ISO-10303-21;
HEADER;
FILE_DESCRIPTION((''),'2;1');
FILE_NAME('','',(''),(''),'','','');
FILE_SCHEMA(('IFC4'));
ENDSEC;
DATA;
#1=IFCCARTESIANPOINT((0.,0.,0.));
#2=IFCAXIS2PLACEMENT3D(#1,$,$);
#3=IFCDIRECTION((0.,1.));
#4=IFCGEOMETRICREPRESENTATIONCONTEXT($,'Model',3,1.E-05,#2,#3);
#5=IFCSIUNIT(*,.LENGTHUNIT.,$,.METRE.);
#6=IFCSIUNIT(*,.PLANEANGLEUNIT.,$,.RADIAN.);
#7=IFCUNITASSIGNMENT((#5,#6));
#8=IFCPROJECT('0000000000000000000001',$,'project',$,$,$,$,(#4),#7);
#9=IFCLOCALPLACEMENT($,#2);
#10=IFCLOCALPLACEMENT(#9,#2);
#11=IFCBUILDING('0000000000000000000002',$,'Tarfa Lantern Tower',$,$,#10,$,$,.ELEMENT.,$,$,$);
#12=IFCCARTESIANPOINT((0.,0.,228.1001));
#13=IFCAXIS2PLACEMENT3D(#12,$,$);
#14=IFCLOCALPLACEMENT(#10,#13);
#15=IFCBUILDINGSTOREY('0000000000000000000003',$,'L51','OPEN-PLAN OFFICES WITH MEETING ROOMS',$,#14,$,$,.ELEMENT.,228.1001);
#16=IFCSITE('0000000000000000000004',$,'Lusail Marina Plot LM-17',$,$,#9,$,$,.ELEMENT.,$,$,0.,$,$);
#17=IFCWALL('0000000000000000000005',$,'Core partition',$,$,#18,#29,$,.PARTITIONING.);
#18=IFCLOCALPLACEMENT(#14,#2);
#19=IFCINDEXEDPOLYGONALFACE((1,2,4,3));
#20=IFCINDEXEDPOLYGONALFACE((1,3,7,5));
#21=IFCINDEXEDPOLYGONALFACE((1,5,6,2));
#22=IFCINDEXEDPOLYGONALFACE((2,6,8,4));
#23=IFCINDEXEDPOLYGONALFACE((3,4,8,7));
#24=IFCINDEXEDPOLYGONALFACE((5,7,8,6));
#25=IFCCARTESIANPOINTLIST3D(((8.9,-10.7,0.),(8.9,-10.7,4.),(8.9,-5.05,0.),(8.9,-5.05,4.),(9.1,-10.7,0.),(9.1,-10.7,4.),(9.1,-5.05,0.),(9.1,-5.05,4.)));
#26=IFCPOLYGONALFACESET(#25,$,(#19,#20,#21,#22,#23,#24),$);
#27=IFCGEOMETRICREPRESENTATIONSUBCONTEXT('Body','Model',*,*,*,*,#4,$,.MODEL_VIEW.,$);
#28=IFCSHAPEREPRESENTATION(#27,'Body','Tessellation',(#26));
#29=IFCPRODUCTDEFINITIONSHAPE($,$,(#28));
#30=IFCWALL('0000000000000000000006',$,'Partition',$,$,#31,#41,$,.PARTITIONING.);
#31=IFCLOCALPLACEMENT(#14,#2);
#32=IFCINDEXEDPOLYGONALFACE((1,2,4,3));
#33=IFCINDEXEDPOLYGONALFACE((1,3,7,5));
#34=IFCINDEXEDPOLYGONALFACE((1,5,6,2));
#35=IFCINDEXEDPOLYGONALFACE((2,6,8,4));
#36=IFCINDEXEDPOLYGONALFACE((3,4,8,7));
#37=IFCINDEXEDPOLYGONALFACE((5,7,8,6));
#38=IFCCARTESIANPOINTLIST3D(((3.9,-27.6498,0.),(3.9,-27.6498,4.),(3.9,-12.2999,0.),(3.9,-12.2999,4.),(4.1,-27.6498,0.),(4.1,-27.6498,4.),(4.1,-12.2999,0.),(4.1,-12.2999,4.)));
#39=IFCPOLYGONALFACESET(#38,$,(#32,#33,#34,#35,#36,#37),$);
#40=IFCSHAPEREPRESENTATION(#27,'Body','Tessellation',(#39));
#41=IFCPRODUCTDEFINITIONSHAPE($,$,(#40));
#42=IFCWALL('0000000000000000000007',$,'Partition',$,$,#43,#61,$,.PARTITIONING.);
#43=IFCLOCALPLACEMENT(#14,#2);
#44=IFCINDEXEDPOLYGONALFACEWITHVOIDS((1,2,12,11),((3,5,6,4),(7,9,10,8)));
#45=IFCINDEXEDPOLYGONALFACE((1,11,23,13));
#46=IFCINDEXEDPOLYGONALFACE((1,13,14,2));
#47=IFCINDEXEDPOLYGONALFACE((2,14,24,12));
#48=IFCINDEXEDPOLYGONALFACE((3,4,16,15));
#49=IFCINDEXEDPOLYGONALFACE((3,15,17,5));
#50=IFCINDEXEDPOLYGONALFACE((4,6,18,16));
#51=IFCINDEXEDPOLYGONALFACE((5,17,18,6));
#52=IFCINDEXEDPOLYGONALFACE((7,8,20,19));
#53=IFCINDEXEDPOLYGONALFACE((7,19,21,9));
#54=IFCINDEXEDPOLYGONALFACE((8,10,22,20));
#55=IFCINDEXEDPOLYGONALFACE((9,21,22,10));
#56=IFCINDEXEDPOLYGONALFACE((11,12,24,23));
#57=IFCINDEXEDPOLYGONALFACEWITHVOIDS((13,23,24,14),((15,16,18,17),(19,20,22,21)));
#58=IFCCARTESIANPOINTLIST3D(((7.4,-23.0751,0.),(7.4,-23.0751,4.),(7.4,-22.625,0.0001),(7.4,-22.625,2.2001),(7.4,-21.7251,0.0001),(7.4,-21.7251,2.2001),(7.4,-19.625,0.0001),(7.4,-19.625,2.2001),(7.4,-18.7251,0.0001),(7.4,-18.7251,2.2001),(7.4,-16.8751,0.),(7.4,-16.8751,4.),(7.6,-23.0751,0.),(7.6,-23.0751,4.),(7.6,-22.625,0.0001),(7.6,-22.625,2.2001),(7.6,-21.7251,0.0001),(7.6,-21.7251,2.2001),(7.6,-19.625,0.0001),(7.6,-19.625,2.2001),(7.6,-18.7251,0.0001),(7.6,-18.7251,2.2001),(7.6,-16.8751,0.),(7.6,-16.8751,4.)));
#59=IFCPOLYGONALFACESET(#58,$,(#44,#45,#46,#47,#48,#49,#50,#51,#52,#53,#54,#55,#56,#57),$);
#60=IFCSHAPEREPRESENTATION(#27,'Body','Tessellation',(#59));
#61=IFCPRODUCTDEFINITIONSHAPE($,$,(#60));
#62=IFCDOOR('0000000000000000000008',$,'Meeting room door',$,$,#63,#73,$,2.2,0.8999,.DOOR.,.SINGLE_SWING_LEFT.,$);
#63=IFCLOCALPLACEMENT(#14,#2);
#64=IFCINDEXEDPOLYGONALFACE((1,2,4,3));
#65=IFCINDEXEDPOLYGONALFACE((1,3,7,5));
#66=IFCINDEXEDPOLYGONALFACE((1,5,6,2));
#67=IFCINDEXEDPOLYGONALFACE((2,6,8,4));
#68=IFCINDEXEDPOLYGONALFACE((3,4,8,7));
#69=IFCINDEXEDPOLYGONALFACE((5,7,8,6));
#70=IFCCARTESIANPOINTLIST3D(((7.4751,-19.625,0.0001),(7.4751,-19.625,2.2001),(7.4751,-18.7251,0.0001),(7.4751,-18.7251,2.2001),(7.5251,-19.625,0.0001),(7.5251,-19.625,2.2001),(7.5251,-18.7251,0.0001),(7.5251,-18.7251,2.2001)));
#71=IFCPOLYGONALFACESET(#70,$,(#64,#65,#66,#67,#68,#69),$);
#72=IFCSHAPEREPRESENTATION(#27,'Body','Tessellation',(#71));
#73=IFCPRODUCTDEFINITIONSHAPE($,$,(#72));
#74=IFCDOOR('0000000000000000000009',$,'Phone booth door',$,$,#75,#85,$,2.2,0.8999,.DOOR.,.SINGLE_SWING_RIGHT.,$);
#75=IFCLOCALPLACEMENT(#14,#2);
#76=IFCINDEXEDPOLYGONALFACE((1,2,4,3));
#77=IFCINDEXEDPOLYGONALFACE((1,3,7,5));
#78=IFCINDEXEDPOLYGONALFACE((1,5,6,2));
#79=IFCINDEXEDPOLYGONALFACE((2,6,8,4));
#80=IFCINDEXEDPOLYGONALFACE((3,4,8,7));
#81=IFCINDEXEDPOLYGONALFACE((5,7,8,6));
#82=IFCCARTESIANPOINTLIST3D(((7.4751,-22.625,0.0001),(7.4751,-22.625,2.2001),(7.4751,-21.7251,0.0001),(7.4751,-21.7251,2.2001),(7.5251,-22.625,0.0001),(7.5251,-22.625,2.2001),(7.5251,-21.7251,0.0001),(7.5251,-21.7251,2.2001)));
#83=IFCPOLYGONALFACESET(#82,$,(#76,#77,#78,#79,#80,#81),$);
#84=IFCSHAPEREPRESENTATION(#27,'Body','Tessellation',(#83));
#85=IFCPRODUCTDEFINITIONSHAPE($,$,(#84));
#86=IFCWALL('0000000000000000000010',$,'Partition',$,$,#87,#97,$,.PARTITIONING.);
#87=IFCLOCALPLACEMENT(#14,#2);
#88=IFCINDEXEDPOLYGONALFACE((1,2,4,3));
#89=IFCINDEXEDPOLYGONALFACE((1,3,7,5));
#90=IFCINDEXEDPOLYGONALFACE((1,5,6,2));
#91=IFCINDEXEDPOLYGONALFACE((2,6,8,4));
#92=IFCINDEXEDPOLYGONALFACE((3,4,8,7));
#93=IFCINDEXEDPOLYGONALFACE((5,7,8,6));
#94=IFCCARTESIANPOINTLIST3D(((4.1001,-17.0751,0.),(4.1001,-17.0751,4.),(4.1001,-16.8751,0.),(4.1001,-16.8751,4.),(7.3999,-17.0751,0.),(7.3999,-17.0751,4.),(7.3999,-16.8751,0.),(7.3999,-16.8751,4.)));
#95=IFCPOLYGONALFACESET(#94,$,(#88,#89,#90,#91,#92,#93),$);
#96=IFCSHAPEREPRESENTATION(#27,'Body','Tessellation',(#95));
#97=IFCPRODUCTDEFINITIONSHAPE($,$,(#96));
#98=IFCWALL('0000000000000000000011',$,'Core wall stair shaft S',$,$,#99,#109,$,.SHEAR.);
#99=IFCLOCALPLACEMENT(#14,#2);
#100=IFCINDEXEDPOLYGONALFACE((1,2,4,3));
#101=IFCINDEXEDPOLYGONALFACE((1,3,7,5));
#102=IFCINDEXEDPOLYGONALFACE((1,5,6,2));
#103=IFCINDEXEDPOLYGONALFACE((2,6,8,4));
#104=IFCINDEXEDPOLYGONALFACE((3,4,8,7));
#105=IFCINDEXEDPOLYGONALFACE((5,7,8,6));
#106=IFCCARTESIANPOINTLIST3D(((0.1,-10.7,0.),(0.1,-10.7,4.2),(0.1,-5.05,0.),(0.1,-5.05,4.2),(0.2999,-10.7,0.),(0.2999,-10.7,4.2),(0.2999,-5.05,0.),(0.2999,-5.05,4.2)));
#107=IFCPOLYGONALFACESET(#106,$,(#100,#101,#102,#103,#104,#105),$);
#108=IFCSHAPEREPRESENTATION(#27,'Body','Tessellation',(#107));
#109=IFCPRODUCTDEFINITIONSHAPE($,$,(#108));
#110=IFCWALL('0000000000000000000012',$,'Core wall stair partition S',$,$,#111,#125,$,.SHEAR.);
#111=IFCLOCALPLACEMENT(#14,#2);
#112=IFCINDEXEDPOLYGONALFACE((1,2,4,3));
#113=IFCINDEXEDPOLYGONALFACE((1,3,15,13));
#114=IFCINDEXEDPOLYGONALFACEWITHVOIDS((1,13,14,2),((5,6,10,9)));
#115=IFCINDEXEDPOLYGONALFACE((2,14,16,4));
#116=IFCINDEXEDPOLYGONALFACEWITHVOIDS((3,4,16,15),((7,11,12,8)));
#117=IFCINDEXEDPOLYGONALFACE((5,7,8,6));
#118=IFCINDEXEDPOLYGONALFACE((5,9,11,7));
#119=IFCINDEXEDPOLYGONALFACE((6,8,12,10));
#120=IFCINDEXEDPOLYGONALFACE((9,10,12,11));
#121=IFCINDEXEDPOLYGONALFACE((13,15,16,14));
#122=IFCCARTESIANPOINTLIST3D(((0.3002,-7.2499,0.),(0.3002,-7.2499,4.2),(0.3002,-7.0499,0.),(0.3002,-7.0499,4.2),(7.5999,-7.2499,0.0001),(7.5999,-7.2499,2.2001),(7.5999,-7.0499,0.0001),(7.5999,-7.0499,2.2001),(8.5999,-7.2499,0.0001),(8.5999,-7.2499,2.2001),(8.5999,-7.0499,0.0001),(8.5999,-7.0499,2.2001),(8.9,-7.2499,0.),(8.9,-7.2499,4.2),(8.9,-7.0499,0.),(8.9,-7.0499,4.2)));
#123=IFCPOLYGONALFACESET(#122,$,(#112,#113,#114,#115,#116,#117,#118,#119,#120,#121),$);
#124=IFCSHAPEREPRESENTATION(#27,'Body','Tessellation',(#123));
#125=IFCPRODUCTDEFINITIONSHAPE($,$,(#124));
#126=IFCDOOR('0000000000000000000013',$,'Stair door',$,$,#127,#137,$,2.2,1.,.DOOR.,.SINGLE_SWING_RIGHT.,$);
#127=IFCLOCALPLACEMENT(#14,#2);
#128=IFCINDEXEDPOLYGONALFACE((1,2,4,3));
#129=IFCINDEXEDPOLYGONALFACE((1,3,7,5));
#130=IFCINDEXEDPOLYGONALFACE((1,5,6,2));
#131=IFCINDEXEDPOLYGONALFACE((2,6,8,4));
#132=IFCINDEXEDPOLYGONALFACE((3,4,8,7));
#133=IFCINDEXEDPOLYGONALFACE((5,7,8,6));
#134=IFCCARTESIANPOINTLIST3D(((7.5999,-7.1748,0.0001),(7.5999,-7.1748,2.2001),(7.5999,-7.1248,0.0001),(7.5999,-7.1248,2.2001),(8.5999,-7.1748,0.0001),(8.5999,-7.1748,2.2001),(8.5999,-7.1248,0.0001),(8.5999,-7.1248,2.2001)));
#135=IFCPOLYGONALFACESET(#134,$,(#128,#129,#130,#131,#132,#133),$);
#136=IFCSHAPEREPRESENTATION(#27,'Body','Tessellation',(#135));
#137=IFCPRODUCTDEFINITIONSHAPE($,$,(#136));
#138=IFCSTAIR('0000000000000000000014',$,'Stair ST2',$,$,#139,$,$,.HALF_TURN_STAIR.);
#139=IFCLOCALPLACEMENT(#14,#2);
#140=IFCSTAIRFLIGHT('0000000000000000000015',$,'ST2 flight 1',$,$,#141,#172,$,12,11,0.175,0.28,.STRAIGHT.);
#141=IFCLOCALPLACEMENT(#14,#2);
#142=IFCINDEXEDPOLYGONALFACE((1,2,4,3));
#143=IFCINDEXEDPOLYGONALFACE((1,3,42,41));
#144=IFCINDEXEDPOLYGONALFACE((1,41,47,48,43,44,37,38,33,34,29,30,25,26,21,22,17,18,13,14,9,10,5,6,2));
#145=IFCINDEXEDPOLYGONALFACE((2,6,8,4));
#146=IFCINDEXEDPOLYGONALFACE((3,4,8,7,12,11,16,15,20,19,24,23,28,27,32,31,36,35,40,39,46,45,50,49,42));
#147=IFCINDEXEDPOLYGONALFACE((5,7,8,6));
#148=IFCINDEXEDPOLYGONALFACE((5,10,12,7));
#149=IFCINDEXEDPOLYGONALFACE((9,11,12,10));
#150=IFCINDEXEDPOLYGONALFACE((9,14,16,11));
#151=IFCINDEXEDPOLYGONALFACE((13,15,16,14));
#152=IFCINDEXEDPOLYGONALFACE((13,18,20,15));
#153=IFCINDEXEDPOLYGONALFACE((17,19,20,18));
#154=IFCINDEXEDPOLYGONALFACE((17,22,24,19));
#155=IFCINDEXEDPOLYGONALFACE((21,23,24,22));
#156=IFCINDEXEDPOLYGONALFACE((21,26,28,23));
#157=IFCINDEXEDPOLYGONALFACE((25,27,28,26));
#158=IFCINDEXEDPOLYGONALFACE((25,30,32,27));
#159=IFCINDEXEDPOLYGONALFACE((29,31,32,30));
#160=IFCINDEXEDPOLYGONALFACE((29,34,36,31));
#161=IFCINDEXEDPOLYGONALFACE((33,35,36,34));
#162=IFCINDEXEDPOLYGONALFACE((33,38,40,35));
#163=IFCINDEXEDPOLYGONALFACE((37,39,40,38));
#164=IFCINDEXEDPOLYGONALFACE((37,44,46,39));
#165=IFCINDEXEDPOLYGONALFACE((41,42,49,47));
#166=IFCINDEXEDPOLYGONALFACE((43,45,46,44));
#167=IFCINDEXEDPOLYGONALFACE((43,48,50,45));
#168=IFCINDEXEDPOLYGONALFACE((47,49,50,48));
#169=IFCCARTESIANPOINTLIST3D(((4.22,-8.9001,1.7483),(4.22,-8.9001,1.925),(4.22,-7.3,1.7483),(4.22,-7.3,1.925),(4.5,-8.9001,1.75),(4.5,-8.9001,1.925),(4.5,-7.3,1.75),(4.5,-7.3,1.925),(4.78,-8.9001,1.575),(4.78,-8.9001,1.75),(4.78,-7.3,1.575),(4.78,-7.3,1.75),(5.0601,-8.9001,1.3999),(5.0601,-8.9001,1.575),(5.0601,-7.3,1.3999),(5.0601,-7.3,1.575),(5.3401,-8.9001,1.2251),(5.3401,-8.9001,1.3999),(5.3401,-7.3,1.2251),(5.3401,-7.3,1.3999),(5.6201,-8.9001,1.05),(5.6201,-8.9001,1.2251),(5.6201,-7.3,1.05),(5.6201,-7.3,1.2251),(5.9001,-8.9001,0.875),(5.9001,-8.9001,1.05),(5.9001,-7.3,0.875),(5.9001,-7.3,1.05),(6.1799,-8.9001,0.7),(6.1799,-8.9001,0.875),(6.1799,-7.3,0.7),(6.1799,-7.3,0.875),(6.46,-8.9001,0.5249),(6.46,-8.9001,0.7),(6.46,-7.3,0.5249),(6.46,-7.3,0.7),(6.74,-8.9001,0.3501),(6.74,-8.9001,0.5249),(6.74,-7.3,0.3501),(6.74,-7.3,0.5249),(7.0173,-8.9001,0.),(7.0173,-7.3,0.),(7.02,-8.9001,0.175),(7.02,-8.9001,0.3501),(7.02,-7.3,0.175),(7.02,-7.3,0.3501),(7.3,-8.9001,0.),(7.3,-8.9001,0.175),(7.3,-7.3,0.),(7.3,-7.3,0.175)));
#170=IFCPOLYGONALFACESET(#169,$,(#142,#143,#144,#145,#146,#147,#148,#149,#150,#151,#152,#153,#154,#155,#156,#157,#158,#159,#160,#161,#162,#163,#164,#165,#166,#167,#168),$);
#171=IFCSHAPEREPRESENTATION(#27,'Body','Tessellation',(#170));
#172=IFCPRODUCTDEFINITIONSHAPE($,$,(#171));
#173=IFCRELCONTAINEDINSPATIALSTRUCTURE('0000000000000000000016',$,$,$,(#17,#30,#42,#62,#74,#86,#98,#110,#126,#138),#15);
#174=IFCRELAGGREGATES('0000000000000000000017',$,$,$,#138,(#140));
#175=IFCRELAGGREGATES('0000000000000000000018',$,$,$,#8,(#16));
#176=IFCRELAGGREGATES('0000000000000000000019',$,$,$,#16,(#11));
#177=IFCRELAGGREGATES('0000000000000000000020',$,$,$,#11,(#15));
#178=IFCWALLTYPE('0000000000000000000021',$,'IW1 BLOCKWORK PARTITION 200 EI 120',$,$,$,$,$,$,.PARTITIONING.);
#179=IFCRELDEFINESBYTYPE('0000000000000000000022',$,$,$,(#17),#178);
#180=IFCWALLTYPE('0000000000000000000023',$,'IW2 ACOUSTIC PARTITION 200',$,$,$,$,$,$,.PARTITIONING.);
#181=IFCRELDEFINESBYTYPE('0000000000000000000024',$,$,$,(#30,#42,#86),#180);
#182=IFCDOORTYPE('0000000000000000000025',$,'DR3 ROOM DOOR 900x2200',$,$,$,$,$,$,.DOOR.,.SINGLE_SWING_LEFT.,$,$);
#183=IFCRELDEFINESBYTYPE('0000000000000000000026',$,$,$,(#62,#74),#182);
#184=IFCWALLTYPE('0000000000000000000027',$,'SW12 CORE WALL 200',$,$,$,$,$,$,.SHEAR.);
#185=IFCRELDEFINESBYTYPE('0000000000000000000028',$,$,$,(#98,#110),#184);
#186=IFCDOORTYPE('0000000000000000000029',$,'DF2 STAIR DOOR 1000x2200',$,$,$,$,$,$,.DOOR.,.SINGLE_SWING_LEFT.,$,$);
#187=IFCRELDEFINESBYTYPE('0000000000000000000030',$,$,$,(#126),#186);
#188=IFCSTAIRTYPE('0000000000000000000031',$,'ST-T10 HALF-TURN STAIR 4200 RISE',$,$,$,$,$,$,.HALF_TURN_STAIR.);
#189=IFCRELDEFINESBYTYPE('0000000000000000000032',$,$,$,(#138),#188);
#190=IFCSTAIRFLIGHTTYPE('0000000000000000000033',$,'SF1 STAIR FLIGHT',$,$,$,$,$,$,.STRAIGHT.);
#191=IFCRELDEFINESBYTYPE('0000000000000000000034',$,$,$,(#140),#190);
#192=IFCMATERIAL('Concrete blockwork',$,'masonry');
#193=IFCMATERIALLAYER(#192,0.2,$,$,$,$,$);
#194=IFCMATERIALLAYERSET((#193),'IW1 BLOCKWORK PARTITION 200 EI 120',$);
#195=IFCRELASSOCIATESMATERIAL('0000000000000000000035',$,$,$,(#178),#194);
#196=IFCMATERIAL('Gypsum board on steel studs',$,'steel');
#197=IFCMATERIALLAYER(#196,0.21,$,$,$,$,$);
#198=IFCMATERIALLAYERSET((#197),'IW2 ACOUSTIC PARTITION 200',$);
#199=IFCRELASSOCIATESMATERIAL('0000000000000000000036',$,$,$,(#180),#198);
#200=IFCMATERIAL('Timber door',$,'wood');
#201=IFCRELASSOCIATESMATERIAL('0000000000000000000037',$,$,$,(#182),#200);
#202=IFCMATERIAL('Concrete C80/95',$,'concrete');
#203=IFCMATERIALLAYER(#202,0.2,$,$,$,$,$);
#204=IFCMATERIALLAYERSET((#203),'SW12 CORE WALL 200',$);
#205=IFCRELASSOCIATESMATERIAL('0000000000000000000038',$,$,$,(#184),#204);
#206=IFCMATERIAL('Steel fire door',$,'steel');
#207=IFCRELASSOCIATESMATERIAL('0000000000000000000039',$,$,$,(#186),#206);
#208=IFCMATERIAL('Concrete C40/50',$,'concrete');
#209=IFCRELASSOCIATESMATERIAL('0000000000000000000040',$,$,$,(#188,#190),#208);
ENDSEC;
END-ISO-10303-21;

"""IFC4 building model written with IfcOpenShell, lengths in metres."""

from ifc_helpers import new_model, si_unit, direction, frame, frame_2d, origin, place, context, subcontext, project, spatial, polyline, rectangle, outline, extrude, material, layer, layer_set, type_object, element, fill, aggregate, save


model = new_model("IFC4")

# Units and contexts
model_context = context("Model", 3, precision=1e-05, world=origin(), true_north=direction((0.0, 1.0)))
body_context = subcontext(model_context, "Body", "Model", "MODEL_VIEW")
ifc_project = project(units=[si_unit("LENGTHUNIT", "METRE"), si_unit("PLANEANGLEUNIT", "RADIAN")], contexts=[model_context])

# Site, building, storey
site_placement = place(None, origin())
site = spatial("IfcSite", under=ifc_project, at=site_placement, Name="Lusail Marina Plot LM-17", CompositionType="ELEMENT", RefElevation=0.0)
building_placement = place(site_placement, origin())
building = spatial("IfcBuilding", under=site, at=building_placement, Name="Tarfa Lantern Tower", CompositionType="ELEMENT")
storey_placement = place(building_placement, frame((0.0, 0.0, 228.1001)))
storey = spatial("IfcBuildingStorey", under=building, at=storey_placement, Name="L51", Description="OPEN-PLAN OFFICES WITH MEETING ROOMS", CompositionType="ELEMENT", Elevation=228.1001)

# Walls
ifc_material_1 = material(Name="Concrete blockwork", Category="masonry")
ifc_layer_1 = layer(ifc_material_1, 0.2)
ifc_layer_set_1 = layer_set([ifc_layer_1], Name="IW1 BLOCKWORK PARTITION 200 EI 120")
wall_type_1 = type_object("IfcWallType", Name="IW1 BLOCKWORK PARTITION 200 EI 120", PredefinedType="PARTITIONING", material=ifc_layer_set_1)
wall_1_placement = place(storey_placement, frame((9.0, -5.05, 0.0), z_axis=(0.0, 0.0, 1.0), x_axis=(0.0, -1.0, 0.0)))
element("IfcWall", 1, at=wall_1_placement, inside=storey, type_object=wall_type_1, Name="Core partition", PredefinedType="PARTITIONING", context=body_context, shape_type="SweptSolid", body=[
    extrude(rectangle(XDim=5.6499, YDim=0.2, at=frame_2d((2.825, 0.0))), origin(), (0.0, 0.0, 1.0), 4.0),
])
ifc_material_2 = material(Name="Gypsum board on steel studs", Category="steel")
ifc_layer_2 = layer(ifc_material_2, 0.21)
ifc_layer_set_2 = layer_set([ifc_layer_2], Name="IW2 ACOUSTIC PARTITION 200")
wall_type_2 = type_object("IfcWallType", Name="IW2 ACOUSTIC PARTITION 200", PredefinedType="PARTITIONING", material=ifc_layer_set_2)
wall_2_placement = place(storey_placement, frame((4.0, -12.3, 0.0), z_axis=(0.0, 0.0, 1.0), x_axis=(0.0, -1.0, 0.0)))
element("IfcWall", 2, at=wall_2_placement, inside=storey, type_object=wall_type_2, Name="Partition", PredefinedType="PARTITIONING", context=body_context, shape_type="SweptSolid", body=[
    extrude(rectangle(XDim=15.3499, YDim=0.2, at=frame_2d((7.6748, 0.0))), origin(), (0.0, 0.0, 1.0), 4.0),
])

# Wall, openings, doors
wall_3_placement = place(storey_placement, frame((7.5, -16.875, 0.0), z_axis=(0.0, 0.0, 1.0), x_axis=(0.0, -1.0, 0.0)))
wall_3 = element("IfcWall", 3, at=wall_3_placement, inside=storey, type_object=wall_type_2, Name="Partition", PredefinedType="PARTITIONING", context=body_context, shape_type="SweptSolid", body=[
    extrude(rectangle(XDim=6.2, YDim=0.2, at=frame_2d((3.1001, 0.0))), origin(), (0.0, 0.0, 1.0), 4.0),
])
opening_1_placement = place(wall_3_placement, frame((1.8501, 0.0, 0.0)))
opening_1 = element("IfcOpeningElement", 4, at=opening_1_placement, cuts=wall_3, PredefinedType="OPENING", context=body_context, shape_type="SweptSolid", body=[
    extrude(rectangle(XDim=0.8999, YDim=2.2, at=frame_2d((0.45, 1.1001))), frame((0.0, 0.1099, 0.0), z_axis=(0.0, -1.0, 0.0), x_axis=(1.0, 0.0, 0.0)), (0.0, 0.0, 1.0), 0.22),
])
opening_2_placement = place(wall_3_placement, frame((4.8501, 0.0, 0.0)))
opening_2 = element("IfcOpeningElement", 5, at=opening_2_placement, cuts=wall_3, PredefinedType="OPENING", context=body_context, shape_type="SweptSolid", body=[
    extrude(rectangle(XDim=0.8999, YDim=2.2, at=frame_2d((0.45, 1.1001))), frame((0.0, 0.1099, 0.0), z_axis=(0.0, -1.0, 0.0), x_axis=(1.0, 0.0, 0.0)), (0.0, 0.0, 1.0), 0.22),
])
ifc_material_3 = material(Name="Timber door", Category="wood")
door_type_1 = type_object("IfcDoorType", Name="DR3 ROOM DOOR 900x2200", OperationType="SINGLE_SWING_LEFT", PredefinedType="DOOR", material=ifc_material_3)
door_1_placement = place(opening_1_placement, frame((0.8999, 0.0, 0.0), z_axis=(0.0, 0.0, 1.0), x_axis=(-1.0, 0.0, 0.0)))
door_1 = element("IfcDoor", 6, at=door_1_placement, inside=storey, type_object=door_type_1, Name="Meeting room door", OperationType="SINGLE_SWING_LEFT", OverallHeight=2.2, OverallWidth=0.8999, PredefinedType="DOOR", context=body_context, shape_type="SweptSolid", body=[
    extrude(rectangle(XDim=0.8999, YDim=2.2, at=frame_2d((0.45, 1.1001))), frame((0.0, 0.0249, 0.0), z_axis=(0.0, -1.0, 0.0), x_axis=(1.0, 0.0, 0.0)), (0.0, 0.0, 1.0), 0.05),
])
fill(opening_1, door_1)
door_2_placement = place(opening_2_placement, frame((0.8999, 0.0, 0.0), z_axis=(0.0, 0.0, 1.0), x_axis=(-1.0, 0.0, 0.0)))
door_2 = element("IfcDoor", 7, at=door_2_placement, inside=storey, type_object=door_type_1, Name="Phone booth door", OperationType="SINGLE_SWING_RIGHT", OverallHeight=2.2, OverallWidth=0.8999, PredefinedType="DOOR", context=body_context, shape_type="SweptSolid", body=[
    extrude(rectangle(XDim=0.8999, YDim=2.2, at=frame_2d((0.45, 1.1001))), frame((0.0, 0.0249, 0.0), z_axis=(0.0, -1.0, 0.0), x_axis=(1.0, 0.0, 0.0)), (0.0, 0.0, 1.0), 0.05),
])
fill(opening_2, door_2)

# Walls
wall_4_placement = place(storey_placement, frame((4.1001, -16.9751, 0.0), z_axis=(0.0, 0.0, 1.0), x_axis=(1.0, 0.0, 0.0)))
element("IfcWall", 8, at=wall_4_placement, inside=storey, type_object=wall_type_2, Name="Partition", PredefinedType="PARTITIONING", context=body_context, shape_type="SweptSolid", body=[
    extrude(rectangle(XDim=3.2998, YDim=0.2, at=frame_2d((1.6499, 0.0))), origin(), (0.0, 0.0, 1.0), 4.0),
])
ifc_material_4 = material(Name="Concrete C80/95", Category="concrete")
ifc_layer_3 = layer(ifc_material_4, 0.2)
ifc_layer_set_3 = layer_set([ifc_layer_3], Name="SW12 CORE WALL 200")
wall_type_3 = type_object("IfcWallType", Name="SW12 CORE WALL 200", PredefinedType="SHEAR", material=ifc_layer_set_3)
wall_5_placement = place(storey_placement, frame((0.2, -5.05, 0.0), z_axis=(0.0, 0.0, 1.0), x_axis=(0.0, -1.0, 0.0)))
element("IfcWall", 9, at=wall_5_placement, inside=storey, type_object=wall_type_3, Name="Core wall stair shaft S", PredefinedType="SHEAR", context=body_context, shape_type="SweptSolid", body=[
    extrude(rectangle(XDim=5.6499, YDim=0.2, at=frame_2d((2.825, 0.0))), origin(), (0.0, 0.0, 1.0), 4.2),
])

# Wall, opening, door
wall_6_placement = place(storey_placement, frame((8.8999, -7.1499, 0.0), z_axis=(0.0, 0.0, 1.0), x_axis=(-1.0, 0.0, 0.0)))
wall_6 = element("IfcWall", 10, at=wall_6_placement, inside=storey, type_object=wall_type_3, Name="Core wall stair partition S", PredefinedType="SHEAR", context=body_context, shape_type="SweptSolid", body=[
    extrude(rectangle(XDim=8.5999, YDim=0.2, at=frame_2d((4.2998, 0.0))), origin(), (0.0, 0.0, 1.0), 4.2),
])
opening_3_placement = place(wall_6_placement, frame((0.3, 0.0, 0.0)))
opening_3 = element("IfcOpeningElement", 11, at=opening_3_placement, cuts=wall_6, PredefinedType="OPENING", context=body_context, shape_type="SweptSolid", body=[
    extrude(rectangle(XDim=1.0, YDim=2.2, at=frame_2d((0.5, 1.1001))), frame((0.0, 0.1099, 0.0), z_axis=(0.0, -1.0, 0.0), x_axis=(1.0, 0.0, 0.0)), (0.0, 0.0, 1.0), 0.22),
])
ifc_material_5 = material(Name="Steel fire door", Category="steel")
door_type_2 = type_object("IfcDoorType", Name="DF2 STAIR DOOR 1000x2200", OperationType="SINGLE_SWING_LEFT", PredefinedType="DOOR", material=ifc_material_5)
door_3_placement = place(opening_3_placement, origin())
door_3 = element("IfcDoor", 12, at=door_3_placement, inside=storey, type_object=door_type_2, Name="Stair door", OperationType="SINGLE_SWING_RIGHT", OverallHeight=2.2, OverallWidth=1.0, PredefinedType="DOOR", context=body_context, shape_type="SweptSolid", body=[
    extrude(rectangle(XDim=1.0, YDim=2.2, at=frame_2d((0.5, 1.1001))), frame((0.0, 0.0249, 0.0), z_axis=(0.0, -1.0, 0.0), x_axis=(1.0, 0.0, 0.0)), (0.0, 0.0, 1.0), 0.05),
])
fill(opening_3, door_3)

# Stair, stair flight
ifc_material_6 = material(Name="Concrete C40/50", Category="concrete")
stair_type = type_object("IfcStairType", Name="ST-T10 HALF-TURN STAIR 4200 RISE", PredefinedType="HALF_TURN_STAIR", material=ifc_material_6)
stair_placement = place(storey_placement, origin())
stair = element("IfcStair", 13, at=stair_placement, inside=storey, type_object=stair_type, Name="Stair ST2", PredefinedType="HALF_TURN_STAIR")
stair_flight_type = type_object("IfcStairFlightType", Name="SF1 STAIR FLIGHT", PredefinedType="STRAIGHT", material=ifc_material_6)
stair_flight_1_placement = place(storey_placement, frame((7.3, -8.1001, 0.0), z_axis=(0.0, 0.0, 1.0), x_axis=(-1.0, 0.0, 0.0)))
stair_flight_1 = element("IfcStairFlight", 14, at=stair_flight_1_placement, type_object=stair_flight_type, Name="ST2 flight 1", NumberOfRisers=12, NumberOfTreads=11, PredefinedType="STRAIGHT", RiserHeight=0.175, TreadLength=0.28, context=body_context, shape_type="SweptSolid", body=[
    extrude(outline(polyline([(0.0, 0.0), (0.0, 0.175), (0.28, 0.175), (0.28, 0.3501), (0.5601, 0.3501), (0.5601, 0.5249), (0.8401, 0.5249), (0.8401, 0.7), (1.1201, 0.7), (1.1201, 0.875), (1.3999, 0.875), (1.3999, 1.05), (1.6799, 1.05), (1.6799, 1.2251), (1.96, 1.2251), (1.96, 1.3999), (2.24, 1.3999), (2.24, 1.575), (2.52, 1.575), (2.52, 1.75), (2.8, 1.75), (2.8, 1.925), (3.0801, 1.925), (3.0801, 2.1001), (3.0801, 1.7483), (0.2827, 0.0), (0.0, 0.0)])), frame((0.0, 0.8, 0.0), z_axis=(0.0, -1.0, 0.0), x_axis=(1.0, 0.0, 0.0)), (0.0, 0.0, 1.0), 1.6001),
])
aggregate(stair, [stair_flight_1])

save(model, "model.ifc")
